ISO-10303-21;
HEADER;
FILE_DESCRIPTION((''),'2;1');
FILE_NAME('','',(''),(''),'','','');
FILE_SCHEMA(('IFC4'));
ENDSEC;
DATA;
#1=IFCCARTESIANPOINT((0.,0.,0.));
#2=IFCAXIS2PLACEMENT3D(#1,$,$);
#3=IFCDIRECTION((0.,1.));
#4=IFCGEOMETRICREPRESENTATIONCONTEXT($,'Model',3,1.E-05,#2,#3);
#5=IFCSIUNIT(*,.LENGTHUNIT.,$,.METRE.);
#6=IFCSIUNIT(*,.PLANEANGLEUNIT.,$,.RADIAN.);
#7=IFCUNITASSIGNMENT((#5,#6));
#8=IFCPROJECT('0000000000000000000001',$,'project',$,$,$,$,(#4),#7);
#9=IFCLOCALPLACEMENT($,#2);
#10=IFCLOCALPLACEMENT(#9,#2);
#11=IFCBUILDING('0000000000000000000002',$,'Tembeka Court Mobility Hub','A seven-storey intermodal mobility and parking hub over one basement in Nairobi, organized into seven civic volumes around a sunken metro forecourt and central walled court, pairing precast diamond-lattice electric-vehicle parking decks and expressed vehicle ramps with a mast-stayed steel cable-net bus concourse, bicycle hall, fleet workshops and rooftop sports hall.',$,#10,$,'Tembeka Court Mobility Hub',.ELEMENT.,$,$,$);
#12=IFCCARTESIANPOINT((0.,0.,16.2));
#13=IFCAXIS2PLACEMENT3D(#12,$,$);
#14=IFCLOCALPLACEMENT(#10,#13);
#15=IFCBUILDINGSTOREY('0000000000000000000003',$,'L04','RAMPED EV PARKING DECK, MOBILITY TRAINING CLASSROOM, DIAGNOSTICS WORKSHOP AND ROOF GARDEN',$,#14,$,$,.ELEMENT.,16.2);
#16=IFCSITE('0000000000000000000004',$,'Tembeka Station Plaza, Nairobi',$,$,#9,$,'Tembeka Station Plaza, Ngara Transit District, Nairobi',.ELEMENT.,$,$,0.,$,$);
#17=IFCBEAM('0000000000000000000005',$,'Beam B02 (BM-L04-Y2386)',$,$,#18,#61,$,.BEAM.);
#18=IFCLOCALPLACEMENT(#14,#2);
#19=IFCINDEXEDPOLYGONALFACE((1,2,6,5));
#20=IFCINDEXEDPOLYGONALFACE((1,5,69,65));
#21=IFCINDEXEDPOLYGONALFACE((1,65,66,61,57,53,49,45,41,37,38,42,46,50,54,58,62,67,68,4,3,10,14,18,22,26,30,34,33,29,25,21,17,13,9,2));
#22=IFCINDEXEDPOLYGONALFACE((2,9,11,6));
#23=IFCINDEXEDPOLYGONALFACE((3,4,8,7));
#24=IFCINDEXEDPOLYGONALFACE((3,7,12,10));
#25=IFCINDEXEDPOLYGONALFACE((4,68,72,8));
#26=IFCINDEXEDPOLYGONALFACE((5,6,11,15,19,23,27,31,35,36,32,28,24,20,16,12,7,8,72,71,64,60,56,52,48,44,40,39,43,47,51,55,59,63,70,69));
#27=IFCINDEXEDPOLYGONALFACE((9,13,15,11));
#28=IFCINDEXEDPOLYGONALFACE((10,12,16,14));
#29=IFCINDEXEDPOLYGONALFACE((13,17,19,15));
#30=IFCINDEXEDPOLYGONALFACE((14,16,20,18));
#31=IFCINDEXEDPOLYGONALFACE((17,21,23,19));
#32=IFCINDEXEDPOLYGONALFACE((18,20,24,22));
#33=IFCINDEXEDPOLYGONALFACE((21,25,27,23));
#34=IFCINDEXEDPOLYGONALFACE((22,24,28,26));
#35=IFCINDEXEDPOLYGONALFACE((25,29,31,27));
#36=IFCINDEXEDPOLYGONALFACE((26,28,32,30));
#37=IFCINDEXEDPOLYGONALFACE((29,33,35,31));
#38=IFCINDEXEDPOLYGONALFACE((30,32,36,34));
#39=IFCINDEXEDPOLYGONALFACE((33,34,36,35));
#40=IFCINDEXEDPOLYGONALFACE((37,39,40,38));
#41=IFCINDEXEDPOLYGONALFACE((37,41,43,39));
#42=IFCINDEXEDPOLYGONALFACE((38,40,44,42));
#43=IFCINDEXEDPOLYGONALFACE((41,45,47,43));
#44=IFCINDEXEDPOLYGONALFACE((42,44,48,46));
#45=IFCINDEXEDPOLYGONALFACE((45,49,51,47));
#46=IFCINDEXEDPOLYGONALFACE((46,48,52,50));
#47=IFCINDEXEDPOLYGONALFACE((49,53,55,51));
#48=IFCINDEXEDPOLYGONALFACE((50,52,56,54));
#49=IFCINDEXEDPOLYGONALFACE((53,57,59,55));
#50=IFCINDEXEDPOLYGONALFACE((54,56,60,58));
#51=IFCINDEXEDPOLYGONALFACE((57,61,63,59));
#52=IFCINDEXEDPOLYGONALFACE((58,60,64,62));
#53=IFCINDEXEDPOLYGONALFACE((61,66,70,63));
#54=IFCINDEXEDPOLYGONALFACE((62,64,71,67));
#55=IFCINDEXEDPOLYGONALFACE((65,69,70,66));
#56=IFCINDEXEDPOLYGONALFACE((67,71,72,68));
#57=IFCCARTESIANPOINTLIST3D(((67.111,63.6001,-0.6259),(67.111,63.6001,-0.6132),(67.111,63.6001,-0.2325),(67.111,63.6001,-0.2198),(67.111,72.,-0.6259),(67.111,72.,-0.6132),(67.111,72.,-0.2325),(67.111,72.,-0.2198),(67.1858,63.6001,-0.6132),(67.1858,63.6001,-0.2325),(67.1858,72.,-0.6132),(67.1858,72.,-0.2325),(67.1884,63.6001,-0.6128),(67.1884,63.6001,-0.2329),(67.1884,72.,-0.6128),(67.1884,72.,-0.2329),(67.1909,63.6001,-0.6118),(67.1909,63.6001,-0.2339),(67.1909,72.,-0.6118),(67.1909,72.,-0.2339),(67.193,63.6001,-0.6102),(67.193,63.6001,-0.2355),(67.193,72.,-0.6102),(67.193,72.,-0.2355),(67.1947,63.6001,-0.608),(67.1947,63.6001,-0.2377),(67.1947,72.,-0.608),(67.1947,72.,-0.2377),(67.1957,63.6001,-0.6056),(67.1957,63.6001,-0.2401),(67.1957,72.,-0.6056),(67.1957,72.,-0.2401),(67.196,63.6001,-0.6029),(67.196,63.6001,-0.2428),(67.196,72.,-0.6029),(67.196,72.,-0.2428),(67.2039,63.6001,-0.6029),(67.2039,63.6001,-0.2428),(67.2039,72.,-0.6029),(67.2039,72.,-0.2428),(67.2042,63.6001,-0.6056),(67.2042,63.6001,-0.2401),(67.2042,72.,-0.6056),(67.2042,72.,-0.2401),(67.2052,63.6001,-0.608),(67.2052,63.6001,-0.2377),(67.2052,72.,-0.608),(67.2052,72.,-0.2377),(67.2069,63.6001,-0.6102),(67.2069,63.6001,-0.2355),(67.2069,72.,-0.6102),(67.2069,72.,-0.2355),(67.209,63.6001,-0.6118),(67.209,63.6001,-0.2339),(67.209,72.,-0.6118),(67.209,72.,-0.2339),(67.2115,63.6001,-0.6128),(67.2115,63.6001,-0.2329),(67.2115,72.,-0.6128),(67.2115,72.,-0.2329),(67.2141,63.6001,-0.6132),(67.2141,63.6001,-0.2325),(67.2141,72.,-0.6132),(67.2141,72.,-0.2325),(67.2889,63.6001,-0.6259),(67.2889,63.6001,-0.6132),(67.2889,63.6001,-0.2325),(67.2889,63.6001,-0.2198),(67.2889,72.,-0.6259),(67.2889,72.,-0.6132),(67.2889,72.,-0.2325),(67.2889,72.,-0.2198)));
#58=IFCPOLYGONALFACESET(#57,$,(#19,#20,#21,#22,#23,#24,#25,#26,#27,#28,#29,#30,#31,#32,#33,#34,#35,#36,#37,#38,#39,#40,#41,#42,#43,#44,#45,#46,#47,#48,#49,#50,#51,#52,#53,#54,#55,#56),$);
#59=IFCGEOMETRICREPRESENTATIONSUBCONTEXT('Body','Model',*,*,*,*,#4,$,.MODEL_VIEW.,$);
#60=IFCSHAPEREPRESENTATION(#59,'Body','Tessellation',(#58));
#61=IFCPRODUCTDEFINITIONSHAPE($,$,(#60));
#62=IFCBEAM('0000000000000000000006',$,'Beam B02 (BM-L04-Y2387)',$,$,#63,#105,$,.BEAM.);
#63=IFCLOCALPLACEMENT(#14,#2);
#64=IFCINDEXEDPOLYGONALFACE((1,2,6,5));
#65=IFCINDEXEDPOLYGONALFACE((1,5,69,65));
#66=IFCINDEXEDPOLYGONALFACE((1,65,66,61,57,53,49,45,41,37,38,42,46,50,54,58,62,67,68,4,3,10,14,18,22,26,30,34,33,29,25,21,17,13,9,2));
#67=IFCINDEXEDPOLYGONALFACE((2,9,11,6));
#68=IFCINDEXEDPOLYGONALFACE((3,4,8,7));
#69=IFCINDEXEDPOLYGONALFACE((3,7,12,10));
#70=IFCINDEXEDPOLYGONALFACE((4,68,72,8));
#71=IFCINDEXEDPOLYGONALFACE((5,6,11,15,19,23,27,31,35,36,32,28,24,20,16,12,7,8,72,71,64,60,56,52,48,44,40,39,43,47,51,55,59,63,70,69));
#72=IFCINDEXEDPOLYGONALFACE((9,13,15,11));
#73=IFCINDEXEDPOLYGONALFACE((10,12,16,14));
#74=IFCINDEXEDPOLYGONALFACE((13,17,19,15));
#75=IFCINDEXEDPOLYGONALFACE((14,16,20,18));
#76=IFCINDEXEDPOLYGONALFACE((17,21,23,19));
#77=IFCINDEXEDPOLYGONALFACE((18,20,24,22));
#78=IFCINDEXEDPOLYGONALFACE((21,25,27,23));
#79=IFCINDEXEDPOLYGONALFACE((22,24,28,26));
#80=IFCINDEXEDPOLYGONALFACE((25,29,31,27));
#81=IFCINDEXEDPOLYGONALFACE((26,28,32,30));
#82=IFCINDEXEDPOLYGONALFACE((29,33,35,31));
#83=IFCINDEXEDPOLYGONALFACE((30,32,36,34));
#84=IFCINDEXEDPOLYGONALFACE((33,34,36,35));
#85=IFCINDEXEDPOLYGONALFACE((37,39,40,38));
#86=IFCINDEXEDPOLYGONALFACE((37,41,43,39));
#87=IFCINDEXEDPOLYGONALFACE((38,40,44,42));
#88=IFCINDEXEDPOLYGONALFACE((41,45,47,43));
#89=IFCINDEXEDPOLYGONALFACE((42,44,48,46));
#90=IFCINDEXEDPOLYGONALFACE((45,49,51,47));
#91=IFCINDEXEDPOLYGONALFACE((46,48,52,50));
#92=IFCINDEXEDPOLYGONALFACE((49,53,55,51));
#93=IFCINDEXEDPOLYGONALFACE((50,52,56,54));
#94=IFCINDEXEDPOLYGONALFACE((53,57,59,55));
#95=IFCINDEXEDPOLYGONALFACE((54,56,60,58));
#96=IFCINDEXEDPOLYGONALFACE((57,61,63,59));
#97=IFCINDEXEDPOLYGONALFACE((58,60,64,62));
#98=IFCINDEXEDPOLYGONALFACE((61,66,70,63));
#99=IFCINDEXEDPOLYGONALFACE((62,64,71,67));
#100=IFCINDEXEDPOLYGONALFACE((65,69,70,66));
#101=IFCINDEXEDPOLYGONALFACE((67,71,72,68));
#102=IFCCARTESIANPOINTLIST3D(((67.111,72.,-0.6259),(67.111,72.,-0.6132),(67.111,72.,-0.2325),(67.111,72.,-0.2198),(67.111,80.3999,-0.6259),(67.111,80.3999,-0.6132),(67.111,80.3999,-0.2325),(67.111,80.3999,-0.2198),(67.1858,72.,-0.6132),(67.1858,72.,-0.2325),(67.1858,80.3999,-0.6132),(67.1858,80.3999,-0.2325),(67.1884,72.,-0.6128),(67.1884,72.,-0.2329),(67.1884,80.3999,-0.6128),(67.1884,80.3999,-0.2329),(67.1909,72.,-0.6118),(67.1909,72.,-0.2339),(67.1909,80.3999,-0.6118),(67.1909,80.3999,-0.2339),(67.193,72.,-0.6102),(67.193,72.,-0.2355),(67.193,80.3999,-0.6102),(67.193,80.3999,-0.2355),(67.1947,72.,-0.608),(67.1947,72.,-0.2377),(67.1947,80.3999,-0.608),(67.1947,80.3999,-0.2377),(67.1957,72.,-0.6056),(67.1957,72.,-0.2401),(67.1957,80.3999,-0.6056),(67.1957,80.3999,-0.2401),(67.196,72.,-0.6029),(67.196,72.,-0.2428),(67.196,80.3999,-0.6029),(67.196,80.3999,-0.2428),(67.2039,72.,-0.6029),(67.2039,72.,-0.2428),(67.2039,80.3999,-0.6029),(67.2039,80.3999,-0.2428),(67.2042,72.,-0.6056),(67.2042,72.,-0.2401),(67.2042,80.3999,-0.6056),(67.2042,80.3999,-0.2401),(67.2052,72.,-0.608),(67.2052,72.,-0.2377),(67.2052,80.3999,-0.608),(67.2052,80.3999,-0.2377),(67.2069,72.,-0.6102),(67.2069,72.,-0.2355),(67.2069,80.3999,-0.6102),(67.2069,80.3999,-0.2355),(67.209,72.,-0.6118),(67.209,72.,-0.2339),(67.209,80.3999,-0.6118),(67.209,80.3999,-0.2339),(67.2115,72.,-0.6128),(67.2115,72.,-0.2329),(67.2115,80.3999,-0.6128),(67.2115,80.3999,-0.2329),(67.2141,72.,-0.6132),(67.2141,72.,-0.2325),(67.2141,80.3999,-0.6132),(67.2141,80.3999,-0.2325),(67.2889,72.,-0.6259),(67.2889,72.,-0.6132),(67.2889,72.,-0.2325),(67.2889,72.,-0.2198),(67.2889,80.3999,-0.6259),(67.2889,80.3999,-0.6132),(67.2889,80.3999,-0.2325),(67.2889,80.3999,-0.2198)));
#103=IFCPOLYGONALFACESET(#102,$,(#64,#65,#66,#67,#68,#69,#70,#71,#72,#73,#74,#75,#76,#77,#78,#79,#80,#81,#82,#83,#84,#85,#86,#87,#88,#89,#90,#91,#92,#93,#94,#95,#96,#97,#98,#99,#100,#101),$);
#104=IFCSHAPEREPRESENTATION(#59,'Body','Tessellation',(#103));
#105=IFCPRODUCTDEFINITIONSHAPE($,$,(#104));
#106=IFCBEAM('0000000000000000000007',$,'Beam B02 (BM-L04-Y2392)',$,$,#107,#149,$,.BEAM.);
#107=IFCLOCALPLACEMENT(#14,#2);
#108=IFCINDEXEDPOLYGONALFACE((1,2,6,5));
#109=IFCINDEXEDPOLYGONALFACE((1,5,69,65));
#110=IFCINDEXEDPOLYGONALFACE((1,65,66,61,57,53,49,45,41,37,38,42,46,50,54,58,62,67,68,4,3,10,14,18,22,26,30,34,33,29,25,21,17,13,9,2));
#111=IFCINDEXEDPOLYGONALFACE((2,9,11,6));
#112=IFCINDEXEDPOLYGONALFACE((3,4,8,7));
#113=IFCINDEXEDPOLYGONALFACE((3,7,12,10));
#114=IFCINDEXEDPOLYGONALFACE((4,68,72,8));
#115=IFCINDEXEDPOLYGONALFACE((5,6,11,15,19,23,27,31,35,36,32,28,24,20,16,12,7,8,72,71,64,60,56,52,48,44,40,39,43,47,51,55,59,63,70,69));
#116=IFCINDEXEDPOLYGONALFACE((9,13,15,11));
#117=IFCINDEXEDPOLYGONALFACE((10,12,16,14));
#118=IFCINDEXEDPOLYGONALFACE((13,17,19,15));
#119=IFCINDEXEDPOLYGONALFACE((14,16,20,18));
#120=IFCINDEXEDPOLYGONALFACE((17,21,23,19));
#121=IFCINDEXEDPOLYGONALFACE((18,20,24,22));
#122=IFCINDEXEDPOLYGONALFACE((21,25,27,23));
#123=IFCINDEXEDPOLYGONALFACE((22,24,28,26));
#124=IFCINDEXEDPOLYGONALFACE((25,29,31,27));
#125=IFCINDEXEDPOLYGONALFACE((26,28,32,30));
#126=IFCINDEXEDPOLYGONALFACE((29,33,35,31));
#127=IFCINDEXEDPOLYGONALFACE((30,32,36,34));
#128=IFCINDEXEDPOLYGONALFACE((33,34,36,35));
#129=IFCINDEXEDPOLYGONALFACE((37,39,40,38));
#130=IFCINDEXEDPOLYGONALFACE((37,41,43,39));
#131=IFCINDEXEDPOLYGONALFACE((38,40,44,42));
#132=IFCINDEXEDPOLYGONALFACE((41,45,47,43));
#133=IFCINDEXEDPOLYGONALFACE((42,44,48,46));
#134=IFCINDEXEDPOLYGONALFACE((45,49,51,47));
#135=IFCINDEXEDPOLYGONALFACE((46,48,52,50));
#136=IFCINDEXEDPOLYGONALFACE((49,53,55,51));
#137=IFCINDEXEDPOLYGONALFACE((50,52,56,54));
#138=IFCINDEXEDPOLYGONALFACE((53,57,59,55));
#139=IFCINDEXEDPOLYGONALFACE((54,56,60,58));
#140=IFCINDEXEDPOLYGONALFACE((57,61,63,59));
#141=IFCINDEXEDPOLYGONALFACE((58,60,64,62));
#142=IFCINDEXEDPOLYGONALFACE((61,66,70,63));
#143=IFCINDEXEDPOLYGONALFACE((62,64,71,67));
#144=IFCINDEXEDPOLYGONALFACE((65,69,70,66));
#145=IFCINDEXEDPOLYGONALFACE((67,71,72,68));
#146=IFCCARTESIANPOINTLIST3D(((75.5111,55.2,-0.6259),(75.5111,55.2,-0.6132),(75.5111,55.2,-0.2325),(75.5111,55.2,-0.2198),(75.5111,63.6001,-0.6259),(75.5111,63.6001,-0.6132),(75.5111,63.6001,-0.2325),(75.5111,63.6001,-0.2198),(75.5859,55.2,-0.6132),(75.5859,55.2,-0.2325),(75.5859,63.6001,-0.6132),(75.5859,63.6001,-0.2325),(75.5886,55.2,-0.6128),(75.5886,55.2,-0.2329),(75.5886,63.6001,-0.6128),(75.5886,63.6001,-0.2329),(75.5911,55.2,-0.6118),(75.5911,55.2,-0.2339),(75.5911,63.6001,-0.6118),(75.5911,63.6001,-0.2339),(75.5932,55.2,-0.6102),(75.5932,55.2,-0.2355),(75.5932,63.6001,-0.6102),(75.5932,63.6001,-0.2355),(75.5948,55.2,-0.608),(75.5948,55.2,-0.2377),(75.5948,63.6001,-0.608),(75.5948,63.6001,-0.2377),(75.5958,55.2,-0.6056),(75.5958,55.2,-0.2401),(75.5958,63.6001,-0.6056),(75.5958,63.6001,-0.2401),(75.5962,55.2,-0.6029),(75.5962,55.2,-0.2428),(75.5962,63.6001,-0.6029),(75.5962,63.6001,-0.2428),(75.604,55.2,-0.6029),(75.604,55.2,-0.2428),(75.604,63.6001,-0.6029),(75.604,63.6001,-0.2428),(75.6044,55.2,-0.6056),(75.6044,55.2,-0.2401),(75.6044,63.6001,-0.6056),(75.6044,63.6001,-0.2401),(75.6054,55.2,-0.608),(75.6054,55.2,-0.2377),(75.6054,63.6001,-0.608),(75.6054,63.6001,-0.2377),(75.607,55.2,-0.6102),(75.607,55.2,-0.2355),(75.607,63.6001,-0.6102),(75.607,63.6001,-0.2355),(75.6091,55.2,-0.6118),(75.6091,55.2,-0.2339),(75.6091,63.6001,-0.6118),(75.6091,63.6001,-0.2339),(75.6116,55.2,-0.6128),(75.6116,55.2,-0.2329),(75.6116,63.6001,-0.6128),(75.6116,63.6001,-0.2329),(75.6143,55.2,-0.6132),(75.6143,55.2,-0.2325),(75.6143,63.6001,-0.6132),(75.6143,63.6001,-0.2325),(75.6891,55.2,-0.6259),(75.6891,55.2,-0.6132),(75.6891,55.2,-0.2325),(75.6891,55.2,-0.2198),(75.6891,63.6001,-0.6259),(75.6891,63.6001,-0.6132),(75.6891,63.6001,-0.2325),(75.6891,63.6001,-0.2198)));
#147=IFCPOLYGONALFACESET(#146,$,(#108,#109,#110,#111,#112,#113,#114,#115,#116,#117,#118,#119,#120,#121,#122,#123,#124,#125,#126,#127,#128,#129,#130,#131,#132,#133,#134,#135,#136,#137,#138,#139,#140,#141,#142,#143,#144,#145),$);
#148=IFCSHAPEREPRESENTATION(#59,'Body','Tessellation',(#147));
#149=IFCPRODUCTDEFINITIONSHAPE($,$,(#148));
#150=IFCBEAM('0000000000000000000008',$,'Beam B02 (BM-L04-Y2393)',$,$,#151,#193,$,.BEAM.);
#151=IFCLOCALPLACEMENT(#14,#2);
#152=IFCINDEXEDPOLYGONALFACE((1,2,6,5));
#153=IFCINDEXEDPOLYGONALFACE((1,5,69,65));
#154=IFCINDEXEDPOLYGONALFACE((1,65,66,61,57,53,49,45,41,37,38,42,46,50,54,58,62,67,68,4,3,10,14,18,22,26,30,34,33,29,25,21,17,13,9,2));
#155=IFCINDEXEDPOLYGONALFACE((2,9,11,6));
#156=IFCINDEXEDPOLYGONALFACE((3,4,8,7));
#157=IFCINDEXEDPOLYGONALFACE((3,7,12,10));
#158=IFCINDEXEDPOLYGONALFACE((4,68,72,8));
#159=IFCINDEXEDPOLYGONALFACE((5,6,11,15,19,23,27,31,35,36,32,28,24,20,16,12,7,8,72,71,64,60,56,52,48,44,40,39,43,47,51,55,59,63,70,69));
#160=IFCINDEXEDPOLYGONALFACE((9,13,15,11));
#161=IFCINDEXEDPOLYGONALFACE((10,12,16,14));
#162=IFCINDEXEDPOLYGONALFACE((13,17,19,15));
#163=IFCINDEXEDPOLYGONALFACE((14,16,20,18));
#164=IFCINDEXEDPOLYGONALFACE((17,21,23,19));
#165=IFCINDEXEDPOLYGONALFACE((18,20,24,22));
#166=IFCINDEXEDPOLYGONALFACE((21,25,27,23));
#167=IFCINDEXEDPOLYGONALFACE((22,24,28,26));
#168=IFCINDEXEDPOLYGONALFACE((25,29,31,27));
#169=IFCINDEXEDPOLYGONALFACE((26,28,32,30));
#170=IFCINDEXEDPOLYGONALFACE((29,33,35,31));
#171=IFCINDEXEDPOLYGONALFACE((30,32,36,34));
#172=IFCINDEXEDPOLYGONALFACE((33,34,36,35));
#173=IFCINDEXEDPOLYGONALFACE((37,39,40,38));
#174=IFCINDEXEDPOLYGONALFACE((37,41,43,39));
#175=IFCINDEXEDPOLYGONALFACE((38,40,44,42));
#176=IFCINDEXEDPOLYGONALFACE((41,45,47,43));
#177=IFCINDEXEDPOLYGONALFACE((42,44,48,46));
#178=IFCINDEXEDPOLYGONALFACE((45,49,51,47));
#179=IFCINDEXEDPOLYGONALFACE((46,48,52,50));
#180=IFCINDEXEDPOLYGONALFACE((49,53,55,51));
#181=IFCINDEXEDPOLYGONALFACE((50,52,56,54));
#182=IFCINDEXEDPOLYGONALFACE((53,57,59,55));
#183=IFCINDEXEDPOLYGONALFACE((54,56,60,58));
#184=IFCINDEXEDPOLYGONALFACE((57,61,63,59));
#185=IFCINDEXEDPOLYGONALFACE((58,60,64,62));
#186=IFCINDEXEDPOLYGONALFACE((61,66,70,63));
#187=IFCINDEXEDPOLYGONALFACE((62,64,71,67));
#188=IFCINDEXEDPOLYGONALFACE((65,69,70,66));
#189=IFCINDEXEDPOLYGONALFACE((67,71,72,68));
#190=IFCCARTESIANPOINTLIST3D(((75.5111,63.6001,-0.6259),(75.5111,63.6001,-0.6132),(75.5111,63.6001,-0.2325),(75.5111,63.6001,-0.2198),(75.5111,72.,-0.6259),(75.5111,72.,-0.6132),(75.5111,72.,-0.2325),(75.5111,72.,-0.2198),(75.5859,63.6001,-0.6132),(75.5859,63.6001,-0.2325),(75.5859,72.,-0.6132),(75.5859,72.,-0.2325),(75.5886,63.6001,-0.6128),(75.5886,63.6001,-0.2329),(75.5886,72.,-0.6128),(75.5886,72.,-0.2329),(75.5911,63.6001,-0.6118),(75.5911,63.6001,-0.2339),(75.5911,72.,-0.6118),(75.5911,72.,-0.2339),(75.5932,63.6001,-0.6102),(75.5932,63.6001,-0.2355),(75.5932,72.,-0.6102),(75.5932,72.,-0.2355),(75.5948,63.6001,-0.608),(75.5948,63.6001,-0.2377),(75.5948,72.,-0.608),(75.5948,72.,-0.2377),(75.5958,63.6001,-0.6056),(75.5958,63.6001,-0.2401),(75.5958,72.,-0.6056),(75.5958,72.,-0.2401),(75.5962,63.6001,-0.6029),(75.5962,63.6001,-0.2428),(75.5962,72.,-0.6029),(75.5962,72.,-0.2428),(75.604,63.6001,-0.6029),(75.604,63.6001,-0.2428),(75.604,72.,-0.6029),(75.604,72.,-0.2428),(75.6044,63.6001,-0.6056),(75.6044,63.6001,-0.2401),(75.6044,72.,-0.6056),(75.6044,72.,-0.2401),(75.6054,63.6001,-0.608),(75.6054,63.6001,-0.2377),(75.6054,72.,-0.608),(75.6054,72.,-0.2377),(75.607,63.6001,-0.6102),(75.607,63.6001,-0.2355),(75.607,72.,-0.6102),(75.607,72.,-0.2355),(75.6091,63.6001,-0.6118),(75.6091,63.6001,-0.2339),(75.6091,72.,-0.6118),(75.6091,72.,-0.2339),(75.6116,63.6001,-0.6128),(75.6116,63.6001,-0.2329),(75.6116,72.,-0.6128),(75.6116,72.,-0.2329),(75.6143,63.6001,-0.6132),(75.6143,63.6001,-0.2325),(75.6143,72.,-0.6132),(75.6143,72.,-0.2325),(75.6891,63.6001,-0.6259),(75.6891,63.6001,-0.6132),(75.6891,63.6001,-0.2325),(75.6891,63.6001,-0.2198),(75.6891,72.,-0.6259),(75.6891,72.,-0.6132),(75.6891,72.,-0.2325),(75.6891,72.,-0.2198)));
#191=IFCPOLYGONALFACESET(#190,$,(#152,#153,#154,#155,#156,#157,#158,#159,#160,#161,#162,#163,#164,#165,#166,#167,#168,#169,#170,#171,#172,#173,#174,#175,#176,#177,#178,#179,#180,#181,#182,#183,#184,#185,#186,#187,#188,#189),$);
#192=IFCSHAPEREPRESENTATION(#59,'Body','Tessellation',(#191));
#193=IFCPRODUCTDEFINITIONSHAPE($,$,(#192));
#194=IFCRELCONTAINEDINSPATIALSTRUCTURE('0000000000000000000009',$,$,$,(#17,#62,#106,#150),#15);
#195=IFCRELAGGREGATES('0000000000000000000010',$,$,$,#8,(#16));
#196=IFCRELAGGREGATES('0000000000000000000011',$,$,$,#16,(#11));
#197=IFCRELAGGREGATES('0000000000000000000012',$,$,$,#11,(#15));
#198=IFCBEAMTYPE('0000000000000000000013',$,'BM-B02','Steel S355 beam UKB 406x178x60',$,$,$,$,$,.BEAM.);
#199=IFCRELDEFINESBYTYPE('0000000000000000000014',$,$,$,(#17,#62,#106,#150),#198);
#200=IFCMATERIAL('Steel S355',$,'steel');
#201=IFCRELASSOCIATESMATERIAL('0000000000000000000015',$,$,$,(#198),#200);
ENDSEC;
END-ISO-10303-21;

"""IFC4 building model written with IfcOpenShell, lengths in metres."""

from ifc_helpers import new_model, si_unit, direction, frame, origin, origin_2d, place, context, subcontext, project, spatial, i_section, extrude, material, material_profile, profile_set, type_object, element, save


model = new_model("IFC4")

# Units and contexts
model_context = context("Model", 3, precision=1e-05, world=origin(), true_north=direction((0.0, 1.0)))
body_context = subcontext(model_context, "Body", "Model", "MODEL_VIEW")
ifc_project = project(units=[si_unit("LENGTHUNIT", "METRE"), si_unit("PLANEANGLEUNIT", "RADIAN")], contexts=[model_context])

# Site, building, storey
site_placement = place(None, origin())
site = spatial("IfcSite", under=ifc_project, at=site_placement, Name="Tembeka Station Plaza, Nairobi", LongName="Tembeka Station Plaza, Ngara Transit District, Nairobi", CompositionType="ELEMENT", RefElevation=0.0)
building_placement = place(site_placement, origin())
building = spatial("IfcBuilding", under=site, at=building_placement, Name="Tembeka Court Mobility Hub", Description="A seven-storey intermodal mobility and parking hub over one basement in Nairobi, organized into seven civic volumes around a sunken metro forecourt and central walled court, pairing precast diamond-lattice electric-vehicle parking decks and expressed vehicle ramps with a mast-stayed steel cable-net bus concourse, bicycle hall, fleet workshops and rooftop sports hall.", LongName="Tembeka Court Mobility Hub", CompositionType="ELEMENT")
storey_placement = place(building_placement, frame((0.0, 0.0, 16.2)))
storey = spatial("IfcBuildingStorey", under=building, at=storey_placement, Name="L04", Description="RAMPED EV PARKING DECK, MOBILITY TRAINING CLASSROOM, DIAGNOSTICS WORKSHOP AND ROOF GARDEN", CompositionType="ELEMENT", Elevation=16.2)

# Shared definitions
ifc_material_1 = material(Name="Steel S355", Category="steel")

# Beams
ifc_material_profile_1 = material_profile(ifc_material_1, i_section(OverallWidth=0.178, OverallDepth=0.406, WebThickness=0.0078, FlangeThickness=0.0127, FilletRadius=0.0103, at=origin_2d()), Name="UKB 406x178x60")
ifc_profile_set_1 = profile_set([ifc_material_profile_1], Name="Steel S355")
beam_type_1 = type_object("IfcBeamType", Name="BM-B02", Description="Steel S355 beam UKB 406x178x60", PredefinedType="BEAM", material=ifc_profile_set_1)
for number, where, z_axis, x_axis, name in (
    (1, (67.2, 63.6001, -0.4229), (0.0, 1.0, 0.0), (-1.0, 0.0, 0.0), "Beam B02 (BM-L04-Y2386)"),
    (2, (67.2, 72.0, -0.4229), (0.0, 1.0, 0.0), (-1.0, 0.0, 0.0), "Beam B02 (BM-L04-Y2387)"),
):
    element("IfcBeam", number, at=place(storey_placement, frame(where, z_axis=z_axis, x_axis=x_axis)), inside=storey, type_object=beam_type_1, Name=name, PredefinedType="BEAM", context=body_context, shape_type="SweptSolid", body=[
        extrude(i_section(OverallWidth=0.178, OverallDepth=0.406, WebThickness=0.0078, FlangeThickness=0.0127, FilletRadius=0.0103, at=origin_2d()), origin(), (0.0, 0.0, 1.0), 8.3999),
    ])
beam_1_placement = place(storey_placement, frame((75.6001, 55.2, -0.4229), z_axis=(0.0, 1.0, 0.0), x_axis=(-1.0, 0.0, 0.0)))
element("IfcBeam", 3, at=beam_1_placement, inside=storey, type_object=beam_type_1, Name="Beam B02 (BM-L04-Y2392)", PredefinedType="BEAM", context=body_context, shape_type="SweptSolid", body=[
    extrude(i_section(OverallWidth=0.178, OverallDepth=0.406, WebThickness=0.0078, FlangeThickness=0.0127, FilletRadius=0.0103, at=origin_2d()), origin(), (0.0, 0.0, 1.0), 8.4001),
])
beam_2_placement = place(storey_placement, frame((75.6001, 63.6001, -0.4229), z_axis=(0.0, 1.0, 0.0), x_axis=(-1.0, 0.0, 0.0)))
element("IfcBeam", 4, at=beam_2_placement, inside=storey, type_object=beam_type_1, Name="Beam B02 (BM-L04-Y2393)", PredefinedType="BEAM", context=body_context, shape_type="SweptSolid", body=[
    extrude(i_section(OverallWidth=0.178, OverallDepth=0.406, WebThickness=0.0078, FlangeThickness=0.0127, FilletRadius=0.0103, at=origin_2d()), origin(), (0.0, 0.0, 1.0), 8.3999),
])

save(model, "model.ifc")
